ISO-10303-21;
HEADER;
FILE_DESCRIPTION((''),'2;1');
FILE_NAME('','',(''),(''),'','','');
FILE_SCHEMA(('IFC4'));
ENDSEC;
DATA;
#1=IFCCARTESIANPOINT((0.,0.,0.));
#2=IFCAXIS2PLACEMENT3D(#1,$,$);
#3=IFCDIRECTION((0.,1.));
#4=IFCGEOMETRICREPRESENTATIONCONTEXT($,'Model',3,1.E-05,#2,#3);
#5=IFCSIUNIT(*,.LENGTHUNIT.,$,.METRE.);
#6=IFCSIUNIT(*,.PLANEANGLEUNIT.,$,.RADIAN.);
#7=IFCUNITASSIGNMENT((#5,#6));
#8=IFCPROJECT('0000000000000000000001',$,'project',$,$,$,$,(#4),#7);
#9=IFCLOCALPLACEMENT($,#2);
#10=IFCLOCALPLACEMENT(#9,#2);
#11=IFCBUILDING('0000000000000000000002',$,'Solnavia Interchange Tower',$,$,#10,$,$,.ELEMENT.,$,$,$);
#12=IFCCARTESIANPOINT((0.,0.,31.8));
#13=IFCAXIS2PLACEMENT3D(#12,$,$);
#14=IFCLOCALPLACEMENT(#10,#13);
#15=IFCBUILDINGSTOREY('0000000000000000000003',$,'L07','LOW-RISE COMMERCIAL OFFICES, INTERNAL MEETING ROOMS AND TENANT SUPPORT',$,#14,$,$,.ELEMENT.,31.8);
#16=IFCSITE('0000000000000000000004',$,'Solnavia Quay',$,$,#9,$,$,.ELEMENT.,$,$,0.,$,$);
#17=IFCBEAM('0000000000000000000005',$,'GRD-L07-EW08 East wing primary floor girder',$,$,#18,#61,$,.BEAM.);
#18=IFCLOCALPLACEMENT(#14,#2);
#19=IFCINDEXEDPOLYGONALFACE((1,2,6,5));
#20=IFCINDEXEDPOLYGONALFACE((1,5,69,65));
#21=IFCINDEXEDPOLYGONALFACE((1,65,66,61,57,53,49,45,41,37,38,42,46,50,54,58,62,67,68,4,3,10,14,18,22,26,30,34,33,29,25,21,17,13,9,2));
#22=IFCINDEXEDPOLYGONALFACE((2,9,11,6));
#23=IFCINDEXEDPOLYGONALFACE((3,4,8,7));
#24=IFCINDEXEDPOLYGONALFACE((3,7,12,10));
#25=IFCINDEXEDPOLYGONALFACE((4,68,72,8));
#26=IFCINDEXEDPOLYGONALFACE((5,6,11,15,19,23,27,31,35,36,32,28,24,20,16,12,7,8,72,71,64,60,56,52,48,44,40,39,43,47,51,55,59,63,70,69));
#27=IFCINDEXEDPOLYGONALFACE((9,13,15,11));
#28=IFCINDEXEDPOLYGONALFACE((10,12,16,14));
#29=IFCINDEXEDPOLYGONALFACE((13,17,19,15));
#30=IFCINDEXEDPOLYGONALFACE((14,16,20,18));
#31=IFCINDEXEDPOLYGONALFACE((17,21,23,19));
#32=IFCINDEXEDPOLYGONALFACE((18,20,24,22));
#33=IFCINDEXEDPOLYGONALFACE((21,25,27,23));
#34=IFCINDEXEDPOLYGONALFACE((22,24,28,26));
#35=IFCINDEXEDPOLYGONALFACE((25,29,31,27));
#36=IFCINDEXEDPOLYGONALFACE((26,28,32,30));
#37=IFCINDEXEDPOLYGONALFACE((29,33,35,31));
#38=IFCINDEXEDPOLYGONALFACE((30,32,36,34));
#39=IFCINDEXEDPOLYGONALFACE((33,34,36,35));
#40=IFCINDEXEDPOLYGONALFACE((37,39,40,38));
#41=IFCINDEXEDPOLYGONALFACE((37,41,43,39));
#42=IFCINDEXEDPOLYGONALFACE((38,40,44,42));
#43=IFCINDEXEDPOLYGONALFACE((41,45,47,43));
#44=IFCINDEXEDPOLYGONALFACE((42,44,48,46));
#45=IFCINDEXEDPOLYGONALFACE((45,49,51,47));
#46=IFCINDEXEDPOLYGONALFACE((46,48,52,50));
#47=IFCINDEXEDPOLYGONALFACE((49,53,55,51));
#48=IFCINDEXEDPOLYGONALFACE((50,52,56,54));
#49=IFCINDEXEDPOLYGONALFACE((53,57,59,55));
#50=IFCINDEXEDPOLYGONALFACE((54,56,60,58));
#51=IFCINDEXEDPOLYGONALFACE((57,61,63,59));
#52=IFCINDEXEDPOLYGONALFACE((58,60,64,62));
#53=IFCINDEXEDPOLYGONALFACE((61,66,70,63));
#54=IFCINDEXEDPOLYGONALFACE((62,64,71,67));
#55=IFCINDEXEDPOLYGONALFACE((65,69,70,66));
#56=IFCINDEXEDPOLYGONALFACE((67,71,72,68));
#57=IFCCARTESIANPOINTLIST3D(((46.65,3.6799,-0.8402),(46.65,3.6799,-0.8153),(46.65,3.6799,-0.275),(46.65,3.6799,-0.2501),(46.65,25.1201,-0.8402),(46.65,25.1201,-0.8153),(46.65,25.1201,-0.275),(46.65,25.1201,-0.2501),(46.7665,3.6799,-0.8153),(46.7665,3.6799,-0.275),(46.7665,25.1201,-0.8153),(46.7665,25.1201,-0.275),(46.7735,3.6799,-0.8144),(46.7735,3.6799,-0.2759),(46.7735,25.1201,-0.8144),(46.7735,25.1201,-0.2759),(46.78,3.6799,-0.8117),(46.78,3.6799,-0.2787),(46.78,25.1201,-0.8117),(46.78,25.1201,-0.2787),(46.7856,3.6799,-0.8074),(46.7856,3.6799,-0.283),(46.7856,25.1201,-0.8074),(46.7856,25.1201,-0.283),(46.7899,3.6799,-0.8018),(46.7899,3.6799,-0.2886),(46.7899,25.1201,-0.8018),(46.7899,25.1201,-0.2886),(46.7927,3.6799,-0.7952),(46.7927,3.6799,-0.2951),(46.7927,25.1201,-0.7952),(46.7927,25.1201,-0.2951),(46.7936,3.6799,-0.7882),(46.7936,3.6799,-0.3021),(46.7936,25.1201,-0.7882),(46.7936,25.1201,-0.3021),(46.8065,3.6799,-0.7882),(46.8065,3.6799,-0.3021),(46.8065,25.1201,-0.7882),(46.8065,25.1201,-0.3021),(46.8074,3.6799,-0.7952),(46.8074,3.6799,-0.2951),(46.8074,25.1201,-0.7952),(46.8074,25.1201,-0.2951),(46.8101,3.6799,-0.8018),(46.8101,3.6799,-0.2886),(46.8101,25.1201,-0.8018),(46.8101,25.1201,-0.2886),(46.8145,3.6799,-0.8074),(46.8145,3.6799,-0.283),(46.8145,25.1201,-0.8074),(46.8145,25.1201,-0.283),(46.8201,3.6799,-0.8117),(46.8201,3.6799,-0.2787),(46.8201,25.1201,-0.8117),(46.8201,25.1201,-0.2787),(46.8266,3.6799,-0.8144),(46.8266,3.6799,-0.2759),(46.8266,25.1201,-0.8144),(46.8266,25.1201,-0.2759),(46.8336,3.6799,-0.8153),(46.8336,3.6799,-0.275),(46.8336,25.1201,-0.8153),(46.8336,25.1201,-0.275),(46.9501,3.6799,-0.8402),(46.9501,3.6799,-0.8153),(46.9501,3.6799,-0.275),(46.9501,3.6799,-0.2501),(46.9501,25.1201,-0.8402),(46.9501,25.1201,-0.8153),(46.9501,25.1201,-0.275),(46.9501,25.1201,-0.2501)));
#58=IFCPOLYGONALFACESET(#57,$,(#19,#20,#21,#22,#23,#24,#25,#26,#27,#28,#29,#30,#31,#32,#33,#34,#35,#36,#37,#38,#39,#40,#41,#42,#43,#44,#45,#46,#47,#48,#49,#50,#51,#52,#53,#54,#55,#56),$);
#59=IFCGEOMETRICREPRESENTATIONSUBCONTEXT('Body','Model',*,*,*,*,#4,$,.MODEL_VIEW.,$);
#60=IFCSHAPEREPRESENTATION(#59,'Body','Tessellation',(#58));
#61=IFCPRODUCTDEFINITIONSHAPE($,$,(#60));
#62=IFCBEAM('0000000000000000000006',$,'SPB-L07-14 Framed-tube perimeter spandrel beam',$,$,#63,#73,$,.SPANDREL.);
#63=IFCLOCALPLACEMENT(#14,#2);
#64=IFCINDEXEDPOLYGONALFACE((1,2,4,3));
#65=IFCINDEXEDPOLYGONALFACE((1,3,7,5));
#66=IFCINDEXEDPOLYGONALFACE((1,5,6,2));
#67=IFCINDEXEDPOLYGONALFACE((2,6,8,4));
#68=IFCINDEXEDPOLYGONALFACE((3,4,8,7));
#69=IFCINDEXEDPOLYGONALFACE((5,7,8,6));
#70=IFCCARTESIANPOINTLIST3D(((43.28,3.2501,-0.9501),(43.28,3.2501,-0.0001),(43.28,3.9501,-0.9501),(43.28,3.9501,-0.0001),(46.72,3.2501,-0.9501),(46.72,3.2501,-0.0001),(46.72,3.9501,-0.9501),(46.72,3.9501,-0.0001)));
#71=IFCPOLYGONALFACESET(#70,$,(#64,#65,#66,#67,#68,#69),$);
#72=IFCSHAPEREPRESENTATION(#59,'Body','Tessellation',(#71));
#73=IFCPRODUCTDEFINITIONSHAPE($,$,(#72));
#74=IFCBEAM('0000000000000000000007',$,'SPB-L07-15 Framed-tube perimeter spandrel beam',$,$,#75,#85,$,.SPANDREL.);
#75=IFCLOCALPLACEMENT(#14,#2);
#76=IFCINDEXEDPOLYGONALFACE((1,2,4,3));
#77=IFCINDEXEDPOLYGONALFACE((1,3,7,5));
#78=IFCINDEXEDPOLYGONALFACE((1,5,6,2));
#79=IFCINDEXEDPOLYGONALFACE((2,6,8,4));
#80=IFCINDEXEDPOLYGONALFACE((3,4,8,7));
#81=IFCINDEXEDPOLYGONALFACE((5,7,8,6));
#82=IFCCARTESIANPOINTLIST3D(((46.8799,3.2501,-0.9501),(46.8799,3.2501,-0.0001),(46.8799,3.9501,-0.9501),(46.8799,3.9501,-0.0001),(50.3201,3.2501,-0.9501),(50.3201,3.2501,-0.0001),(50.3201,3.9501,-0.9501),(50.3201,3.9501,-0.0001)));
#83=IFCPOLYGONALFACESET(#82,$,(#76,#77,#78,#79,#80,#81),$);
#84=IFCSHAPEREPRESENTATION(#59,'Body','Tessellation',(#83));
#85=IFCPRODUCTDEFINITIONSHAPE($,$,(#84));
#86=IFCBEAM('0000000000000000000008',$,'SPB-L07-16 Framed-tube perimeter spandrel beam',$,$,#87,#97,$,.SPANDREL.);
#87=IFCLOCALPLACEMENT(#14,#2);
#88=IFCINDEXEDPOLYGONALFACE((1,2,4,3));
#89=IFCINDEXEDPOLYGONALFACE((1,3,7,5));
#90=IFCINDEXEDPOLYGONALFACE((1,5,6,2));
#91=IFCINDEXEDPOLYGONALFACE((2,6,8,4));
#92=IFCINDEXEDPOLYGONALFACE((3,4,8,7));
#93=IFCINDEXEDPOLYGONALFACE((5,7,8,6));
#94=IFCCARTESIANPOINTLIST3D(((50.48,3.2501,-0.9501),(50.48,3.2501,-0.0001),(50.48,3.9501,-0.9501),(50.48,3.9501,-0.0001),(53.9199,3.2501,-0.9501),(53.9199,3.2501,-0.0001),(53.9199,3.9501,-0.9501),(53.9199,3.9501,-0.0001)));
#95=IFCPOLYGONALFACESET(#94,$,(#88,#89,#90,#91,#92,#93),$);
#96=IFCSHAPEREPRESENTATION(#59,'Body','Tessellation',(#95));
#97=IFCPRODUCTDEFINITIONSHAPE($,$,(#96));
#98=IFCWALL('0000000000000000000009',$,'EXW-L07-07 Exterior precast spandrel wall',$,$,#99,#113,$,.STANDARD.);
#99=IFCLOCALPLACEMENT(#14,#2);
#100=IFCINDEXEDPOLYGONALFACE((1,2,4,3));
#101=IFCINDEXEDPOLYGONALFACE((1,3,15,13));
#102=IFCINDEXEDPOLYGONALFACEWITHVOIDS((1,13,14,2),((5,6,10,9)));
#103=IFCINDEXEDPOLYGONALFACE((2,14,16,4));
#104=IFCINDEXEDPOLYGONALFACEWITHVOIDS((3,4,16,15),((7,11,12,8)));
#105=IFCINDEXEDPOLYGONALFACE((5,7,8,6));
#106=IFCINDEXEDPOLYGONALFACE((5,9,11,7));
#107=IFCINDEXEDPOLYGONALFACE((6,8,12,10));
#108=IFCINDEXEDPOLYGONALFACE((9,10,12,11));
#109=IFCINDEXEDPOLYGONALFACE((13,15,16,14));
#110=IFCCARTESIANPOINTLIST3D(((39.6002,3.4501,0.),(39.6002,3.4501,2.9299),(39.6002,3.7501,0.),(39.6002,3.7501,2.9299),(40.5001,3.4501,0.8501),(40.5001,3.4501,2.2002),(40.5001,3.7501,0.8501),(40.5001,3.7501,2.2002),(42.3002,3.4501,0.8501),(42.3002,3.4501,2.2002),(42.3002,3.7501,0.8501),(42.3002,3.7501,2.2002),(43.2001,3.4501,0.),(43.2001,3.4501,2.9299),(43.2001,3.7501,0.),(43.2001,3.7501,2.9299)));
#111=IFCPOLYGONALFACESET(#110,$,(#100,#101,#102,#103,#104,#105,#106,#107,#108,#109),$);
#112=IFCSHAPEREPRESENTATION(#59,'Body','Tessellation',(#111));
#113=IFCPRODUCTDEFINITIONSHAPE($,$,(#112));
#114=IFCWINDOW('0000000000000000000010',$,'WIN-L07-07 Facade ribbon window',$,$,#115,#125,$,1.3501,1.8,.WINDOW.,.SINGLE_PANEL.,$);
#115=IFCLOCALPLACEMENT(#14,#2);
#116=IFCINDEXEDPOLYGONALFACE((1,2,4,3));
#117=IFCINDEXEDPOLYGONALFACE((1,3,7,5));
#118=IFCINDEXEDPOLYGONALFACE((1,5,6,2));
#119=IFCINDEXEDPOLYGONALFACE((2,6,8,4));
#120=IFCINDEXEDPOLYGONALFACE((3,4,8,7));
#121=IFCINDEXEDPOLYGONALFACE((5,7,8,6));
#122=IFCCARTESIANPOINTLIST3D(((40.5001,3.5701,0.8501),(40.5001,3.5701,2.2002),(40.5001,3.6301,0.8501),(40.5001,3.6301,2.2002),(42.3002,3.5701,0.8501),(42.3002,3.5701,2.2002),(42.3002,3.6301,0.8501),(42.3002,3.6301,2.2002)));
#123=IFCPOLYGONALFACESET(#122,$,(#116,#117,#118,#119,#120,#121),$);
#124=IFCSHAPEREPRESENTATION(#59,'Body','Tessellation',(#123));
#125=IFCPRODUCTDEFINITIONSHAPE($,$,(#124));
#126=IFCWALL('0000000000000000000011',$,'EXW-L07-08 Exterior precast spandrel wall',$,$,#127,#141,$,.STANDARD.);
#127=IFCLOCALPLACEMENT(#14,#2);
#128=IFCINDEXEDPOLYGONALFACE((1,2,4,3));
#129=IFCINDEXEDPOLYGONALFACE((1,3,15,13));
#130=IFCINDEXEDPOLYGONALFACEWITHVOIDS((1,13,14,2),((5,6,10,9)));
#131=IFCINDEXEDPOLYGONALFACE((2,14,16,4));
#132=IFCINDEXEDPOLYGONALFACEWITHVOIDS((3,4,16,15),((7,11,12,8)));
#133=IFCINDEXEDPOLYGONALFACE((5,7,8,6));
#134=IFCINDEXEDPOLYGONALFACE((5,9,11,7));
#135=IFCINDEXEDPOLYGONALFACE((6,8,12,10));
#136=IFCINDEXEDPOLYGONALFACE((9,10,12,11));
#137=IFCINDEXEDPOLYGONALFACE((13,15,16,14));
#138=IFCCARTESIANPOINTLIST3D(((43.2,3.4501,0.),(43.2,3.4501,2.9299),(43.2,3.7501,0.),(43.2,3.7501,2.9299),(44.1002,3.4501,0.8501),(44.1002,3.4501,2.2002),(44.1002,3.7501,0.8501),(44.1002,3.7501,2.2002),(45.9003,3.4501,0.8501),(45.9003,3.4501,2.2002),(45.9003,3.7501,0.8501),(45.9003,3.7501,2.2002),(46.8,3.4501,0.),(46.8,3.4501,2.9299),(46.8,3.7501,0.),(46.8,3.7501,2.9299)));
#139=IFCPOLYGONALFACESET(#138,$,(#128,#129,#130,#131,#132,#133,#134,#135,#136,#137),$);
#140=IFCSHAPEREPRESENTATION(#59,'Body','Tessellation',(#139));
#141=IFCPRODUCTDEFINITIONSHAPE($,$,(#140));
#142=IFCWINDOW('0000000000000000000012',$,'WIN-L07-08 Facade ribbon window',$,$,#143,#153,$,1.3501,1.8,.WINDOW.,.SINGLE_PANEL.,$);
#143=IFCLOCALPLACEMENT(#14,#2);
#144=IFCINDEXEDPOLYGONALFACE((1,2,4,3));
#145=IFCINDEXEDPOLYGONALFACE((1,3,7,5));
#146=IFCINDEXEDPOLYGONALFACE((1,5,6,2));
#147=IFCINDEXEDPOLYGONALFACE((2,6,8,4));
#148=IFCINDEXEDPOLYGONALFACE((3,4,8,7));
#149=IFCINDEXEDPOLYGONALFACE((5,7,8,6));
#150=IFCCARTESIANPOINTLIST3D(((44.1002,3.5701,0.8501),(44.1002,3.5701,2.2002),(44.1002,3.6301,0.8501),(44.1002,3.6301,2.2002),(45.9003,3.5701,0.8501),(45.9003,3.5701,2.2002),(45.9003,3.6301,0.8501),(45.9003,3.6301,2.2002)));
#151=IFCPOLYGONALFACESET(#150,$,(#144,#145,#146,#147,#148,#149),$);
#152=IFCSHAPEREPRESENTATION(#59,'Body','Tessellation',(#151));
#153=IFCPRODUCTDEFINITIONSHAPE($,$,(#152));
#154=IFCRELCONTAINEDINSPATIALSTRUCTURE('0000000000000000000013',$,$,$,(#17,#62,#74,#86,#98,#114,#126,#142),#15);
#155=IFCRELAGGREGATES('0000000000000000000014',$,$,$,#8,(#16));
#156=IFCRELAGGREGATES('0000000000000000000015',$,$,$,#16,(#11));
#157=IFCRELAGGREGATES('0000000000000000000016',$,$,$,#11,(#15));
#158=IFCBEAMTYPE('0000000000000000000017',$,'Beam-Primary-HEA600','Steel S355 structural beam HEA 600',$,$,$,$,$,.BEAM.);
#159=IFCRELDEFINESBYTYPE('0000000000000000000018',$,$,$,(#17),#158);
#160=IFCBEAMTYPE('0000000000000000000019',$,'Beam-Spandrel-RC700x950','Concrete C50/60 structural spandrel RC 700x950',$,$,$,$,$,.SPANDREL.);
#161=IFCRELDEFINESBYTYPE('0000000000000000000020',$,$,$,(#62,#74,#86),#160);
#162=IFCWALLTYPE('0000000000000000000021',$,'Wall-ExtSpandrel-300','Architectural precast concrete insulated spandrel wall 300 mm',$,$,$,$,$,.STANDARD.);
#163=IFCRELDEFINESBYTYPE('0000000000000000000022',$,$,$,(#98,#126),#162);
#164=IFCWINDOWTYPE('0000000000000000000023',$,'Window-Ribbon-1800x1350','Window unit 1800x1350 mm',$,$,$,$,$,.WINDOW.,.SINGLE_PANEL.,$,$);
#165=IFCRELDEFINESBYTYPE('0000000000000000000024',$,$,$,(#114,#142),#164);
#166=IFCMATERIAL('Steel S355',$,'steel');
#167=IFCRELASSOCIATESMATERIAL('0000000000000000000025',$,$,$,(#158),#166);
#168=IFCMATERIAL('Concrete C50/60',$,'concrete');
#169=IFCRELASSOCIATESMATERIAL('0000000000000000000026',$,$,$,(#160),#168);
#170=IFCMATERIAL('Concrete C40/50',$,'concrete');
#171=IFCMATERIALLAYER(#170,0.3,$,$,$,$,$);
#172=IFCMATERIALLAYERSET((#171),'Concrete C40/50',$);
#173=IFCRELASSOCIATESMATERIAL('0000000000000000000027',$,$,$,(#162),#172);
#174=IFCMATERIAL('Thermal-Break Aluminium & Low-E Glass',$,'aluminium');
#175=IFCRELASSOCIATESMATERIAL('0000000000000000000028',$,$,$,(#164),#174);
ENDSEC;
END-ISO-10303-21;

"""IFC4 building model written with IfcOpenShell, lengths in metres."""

from ifc_helpers import new_model, si_unit, direction, frame, frame_2d, origin, origin_2d, place, context, subcontext, project, spatial, rectangle, i_section, extrude, material, layer, layer_set, material_profile, profile_set, type_object, element, fill, save


model = new_model("IFC4")

# Units and contexts
model_context = context("Model", 3, precision=1e-05, world=origin(), true_north=direction((0.0, 1.0)))
body_context = subcontext(model_context, "Body", "Model", "MODEL_VIEW")
ifc_project = project(units=[si_unit("LENGTHUNIT", "METRE"), si_unit("PLANEANGLEUNIT", "RADIAN")], contexts=[model_context])

# Site, building, storey
site_placement = place(None, origin())
site = spatial("IfcSite", under=ifc_project, at=site_placement, Name="Solnavia Quay", CompositionType="ELEMENT", RefElevation=0.0)
building_placement = place(site_placement, origin())
building = spatial("IfcBuilding", under=site, at=building_placement, Name="Solnavia Interchange Tower", CompositionType="ELEMENT")
storey_placement = place(building_placement, frame((0.0, 0.0, 31.8)))
storey = spatial("IfcBuildingStorey", under=building, at=storey_placement, Name="L07", Description="LOW-RISE COMMERCIAL OFFICES, INTERNAL MEETING ROOMS AND TENANT SUPPORT", CompositionType="ELEMENT", Elevation=31.8)

# Shared definitions
ifc_material_1 = material(Name="Steel S355", Category="steel")

# Beams
ifc_material_profile_1 = material_profile(ifc_material_1, i_section(OverallWidth=0.3, OverallDepth=0.5901, WebThickness=0.0129, FlangeThickness=0.0249, FilletRadius=0.0271, at=origin_2d()), Name="HEA 600")
ifc_profile_set_1 = profile_set([ifc_material_profile_1], Name="Steel S355")
beam_type_1 = type_object("IfcBeamType", Name="Beam-Primary-HEA600", Description="Steel S355 structural beam HEA 600", PredefinedType="BEAM", material=ifc_profile_set_1)
beam_1_placement = place(storey_placement, frame((46.8, 3.6799, -0.5452), z_axis=(0.0, 1.0, 0.0), x_axis=(-1.0, 0.0, 0.0)))
element("IfcBeam", 1, at=beam_1_placement, inside=storey, type_object=beam_type_1, Name="GRD-L07-EW08 East wing primary floor girder", PredefinedType="BEAM", context=body_context, shape_type="SweptSolid", body=[
    extrude(i_section(OverallWidth=0.3, OverallDepth=0.5901, WebThickness=0.0129, FlangeThickness=0.0249, FilletRadius=0.0271, at=origin_2d()), origin(), (0.0, 0.0, 1.0), 21.4402),
])
ifc_material_2 = material(Name="Concrete C50/60", Category="concrete")
ifc_material_profile_2 = material_profile(ifc_material_2, rectangle(XDim=0.7, YDim=0.95, at=origin_2d()), Name="RC 700x950")
ifc_profile_set_2 = profile_set([ifc_material_profile_2], Name="Concrete C50/60")
beam_type_2 = type_object("IfcBeamType", Name="Beam-Spandrel-RC700x950", Description="Concrete C50/60 structural spandrel RC 700x950", PredefinedType="SPANDREL", material=ifc_profile_set_2)
beam_2_placement = place(storey_placement, frame((43.28, 3.6001, -0.4751), z_axis=(1.0, 0.0, 0.0), x_axis=(0.0, 1.0, 0.0)))
element("IfcBeam", 2, at=beam_2_placement, inside=storey, type_object=beam_type_2, Name="SPB-L07-14 Framed-tube perimeter spandrel beam", PredefinedType="SPANDREL", context=body_context, shape_type="SweptSolid", body=[
    extrude(rectangle(XDim=0.7, YDim=0.95, at=origin_2d()), origin(), (0.0, 0.0, 1.0), 3.4399),
])
beam_3_placement = place(storey_placement, frame((46.8799, 3.6001, -0.4751), z_axis=(1.0, 0.0, 0.0), x_axis=(0.0, 1.0, 0.0)))
element("IfcBeam", 3, at=beam_3_placement, inside=storey, type_object=beam_type_2, Name="SPB-L07-15 Framed-tube perimeter spandrel beam", PredefinedType="SPANDREL", context=body_context, shape_type="SweptSolid", body=[
    extrude(rectangle(XDim=0.7, YDim=0.95, at=origin_2d()), origin(), (0.0, 0.0, 1.0), 3.4402),
])
beam_4_placement = place(storey_placement, frame((50.48, 3.6001, -0.4751), z_axis=(1.0, 0.0, 0.0), x_axis=(0.0, 1.0, 0.0)))
element("IfcBeam", 4, at=beam_4_placement, inside=storey, type_object=beam_type_2, Name="SPB-L07-16 Framed-tube perimeter spandrel beam", PredefinedType="SPANDREL", context=body_context, shape_type="SweptSolid", body=[
    extrude(rectangle(XDim=0.7, YDim=0.95, at=origin_2d()), origin(), (0.0, 0.0, 1.0), 3.4399),
])

# Walls, openings, windows
ifc_material_3 = material(Name="Concrete C40/50", Category="concrete")
ifc_layer_1 = layer(ifc_material_3, 0.3)
ifc_layer_set_1 = layer_set([ifc_layer_1], Name="Concrete C40/50")
wall_type_1 = type_object("IfcWallType", Name="Wall-ExtSpandrel-300", Description="Architectural precast concrete insulated spandrel wall 300 mm", PredefinedType="STANDARD", material=ifc_layer_set_1)
wall_1_placement = place(storey_placement, frame((43.2, 3.6001, 0.0), z_axis=(0.0, 0.0, 1.0), x_axis=(-1.0, 0.0, 0.0)))
wall_1 = element("IfcWall", 5, at=wall_1_placement, inside=storey, type_object=wall_type_1, Name="EXW-L07-07 Exterior precast spandrel wall", PredefinedType="STANDARD", context=body_context, shape_type="SweptSolid", body=[
    extrude(rectangle(XDim=3.5999, YDim=0.3, at=frame_2d((1.7998, 0.0))), origin(), (0.0, 0.0, 1.0), 2.9299),
])
opening_1_placement = place(wall_1_placement, frame((0.8999, 0.0, 0.8501)))
opening_1 = element("IfcOpeningElement", 6, at=opening_1_placement, cuts=wall_1, PredefinedType="OPENING", context=body_context, shape_type="SweptSolid", body=[
    extrude(rectangle(XDim=1.8, YDim=1.3501, at=frame_2d((0.8999, 0.675))), frame((0.0, 0.1602, 0.0), z_axis=(0.0, -1.0, 0.0), x_axis=(1.0, 0.0, 0.0)), (0.0, 0.0, 1.0), 0.3201),
])
ifc_material_4 = material(Name="Thermal-Break Aluminium & Low-E Glass", Category="aluminium")
window_type = type_object("IfcWindowType", Name="Window-Ribbon-1800x1350", Description="Window unit 1800x1350 mm", PartitioningType="SINGLE_PANEL", PredefinedType="WINDOW", material=ifc_material_4)
window_1_placement = place(opening_1_placement, origin())
window_1 = element("IfcWindow", 7, at=window_1_placement, inside=storey, type_object=window_type, Name="WIN-L07-07 Facade ribbon window", OverallHeight=1.3501, OverallWidth=1.8, PartitioningType="SINGLE_PANEL", PredefinedType="WINDOW", context=body_context, shape_type="SweptSolid", body=[
    extrude(rectangle(XDim=1.8, YDim=1.3501, at=frame_2d((0.8999, 0.675))), frame((0.0, 0.03, 0.0), z_axis=(0.0, -1.0, 0.0), x_axis=(1.0, 0.0, 0.0)), (0.0, 0.0, 1.0), 0.0601),
])
fill(opening_1, window_1)
wall_2_placement = place(storey_placement, frame((46.8, 3.6001, 0.0), z_axis=(0.0, 0.0, 1.0), x_axis=(-1.0, 0.0, 0.0)))
wall_2 = element("IfcWall", 8, at=wall_2_placement, inside=storey, type_object=wall_type_1, Name="EXW-L07-08 Exterior precast spandrel wall", PredefinedType="STANDARD", context=body_context, shape_type="SweptSolid", body=[
    extrude(rectangle(XDim=3.6001, YDim=0.3, at=frame_2d((1.8, 0.0))), origin(), (0.0, 0.0, 1.0), 2.9299),
])
opening_2_placement = place(wall_2_placement, frame((0.8999, 0.0, 0.8501)))
opening_2 = element("IfcOpeningElement", 9, at=opening_2_placement, cuts=wall_2, PredefinedType="OPENING", context=body_context, shape_type="SweptSolid", body=[
    extrude(rectangle(XDim=1.8, YDim=1.3501, at=frame_2d((0.8999, 0.675))), frame((0.0, 0.1602, 0.0), z_axis=(0.0, -1.0, 0.0), x_axis=(1.0, 0.0, 0.0)), (0.0, 0.0, 1.0), 0.3201),
])
window_2_placement = place(opening_2_placement, origin())
window_2 = element("IfcWindow", 10, at=window_2_placement, inside=storey, type_object=window_type, Name="WIN-L07-08 Facade ribbon window", OverallHeight=1.3501, OverallWidth=1.8, PartitioningType="SINGLE_PANEL", PredefinedType="WINDOW", context=body_context, shape_type="SweptSolid", body=[
    extrude(rectangle(XDim=1.8, YDim=1.3501, at=frame_2d((0.8999, 0.675))), frame((0.0, 0.03, 0.0), z_axis=(0.0, -1.0, 0.0), x_axis=(1.0, 0.0, 0.0)), (0.0, 0.0, 1.0), 0.0601),
])
fill(opening_2, window_2)

save(model, "model.ifc")
